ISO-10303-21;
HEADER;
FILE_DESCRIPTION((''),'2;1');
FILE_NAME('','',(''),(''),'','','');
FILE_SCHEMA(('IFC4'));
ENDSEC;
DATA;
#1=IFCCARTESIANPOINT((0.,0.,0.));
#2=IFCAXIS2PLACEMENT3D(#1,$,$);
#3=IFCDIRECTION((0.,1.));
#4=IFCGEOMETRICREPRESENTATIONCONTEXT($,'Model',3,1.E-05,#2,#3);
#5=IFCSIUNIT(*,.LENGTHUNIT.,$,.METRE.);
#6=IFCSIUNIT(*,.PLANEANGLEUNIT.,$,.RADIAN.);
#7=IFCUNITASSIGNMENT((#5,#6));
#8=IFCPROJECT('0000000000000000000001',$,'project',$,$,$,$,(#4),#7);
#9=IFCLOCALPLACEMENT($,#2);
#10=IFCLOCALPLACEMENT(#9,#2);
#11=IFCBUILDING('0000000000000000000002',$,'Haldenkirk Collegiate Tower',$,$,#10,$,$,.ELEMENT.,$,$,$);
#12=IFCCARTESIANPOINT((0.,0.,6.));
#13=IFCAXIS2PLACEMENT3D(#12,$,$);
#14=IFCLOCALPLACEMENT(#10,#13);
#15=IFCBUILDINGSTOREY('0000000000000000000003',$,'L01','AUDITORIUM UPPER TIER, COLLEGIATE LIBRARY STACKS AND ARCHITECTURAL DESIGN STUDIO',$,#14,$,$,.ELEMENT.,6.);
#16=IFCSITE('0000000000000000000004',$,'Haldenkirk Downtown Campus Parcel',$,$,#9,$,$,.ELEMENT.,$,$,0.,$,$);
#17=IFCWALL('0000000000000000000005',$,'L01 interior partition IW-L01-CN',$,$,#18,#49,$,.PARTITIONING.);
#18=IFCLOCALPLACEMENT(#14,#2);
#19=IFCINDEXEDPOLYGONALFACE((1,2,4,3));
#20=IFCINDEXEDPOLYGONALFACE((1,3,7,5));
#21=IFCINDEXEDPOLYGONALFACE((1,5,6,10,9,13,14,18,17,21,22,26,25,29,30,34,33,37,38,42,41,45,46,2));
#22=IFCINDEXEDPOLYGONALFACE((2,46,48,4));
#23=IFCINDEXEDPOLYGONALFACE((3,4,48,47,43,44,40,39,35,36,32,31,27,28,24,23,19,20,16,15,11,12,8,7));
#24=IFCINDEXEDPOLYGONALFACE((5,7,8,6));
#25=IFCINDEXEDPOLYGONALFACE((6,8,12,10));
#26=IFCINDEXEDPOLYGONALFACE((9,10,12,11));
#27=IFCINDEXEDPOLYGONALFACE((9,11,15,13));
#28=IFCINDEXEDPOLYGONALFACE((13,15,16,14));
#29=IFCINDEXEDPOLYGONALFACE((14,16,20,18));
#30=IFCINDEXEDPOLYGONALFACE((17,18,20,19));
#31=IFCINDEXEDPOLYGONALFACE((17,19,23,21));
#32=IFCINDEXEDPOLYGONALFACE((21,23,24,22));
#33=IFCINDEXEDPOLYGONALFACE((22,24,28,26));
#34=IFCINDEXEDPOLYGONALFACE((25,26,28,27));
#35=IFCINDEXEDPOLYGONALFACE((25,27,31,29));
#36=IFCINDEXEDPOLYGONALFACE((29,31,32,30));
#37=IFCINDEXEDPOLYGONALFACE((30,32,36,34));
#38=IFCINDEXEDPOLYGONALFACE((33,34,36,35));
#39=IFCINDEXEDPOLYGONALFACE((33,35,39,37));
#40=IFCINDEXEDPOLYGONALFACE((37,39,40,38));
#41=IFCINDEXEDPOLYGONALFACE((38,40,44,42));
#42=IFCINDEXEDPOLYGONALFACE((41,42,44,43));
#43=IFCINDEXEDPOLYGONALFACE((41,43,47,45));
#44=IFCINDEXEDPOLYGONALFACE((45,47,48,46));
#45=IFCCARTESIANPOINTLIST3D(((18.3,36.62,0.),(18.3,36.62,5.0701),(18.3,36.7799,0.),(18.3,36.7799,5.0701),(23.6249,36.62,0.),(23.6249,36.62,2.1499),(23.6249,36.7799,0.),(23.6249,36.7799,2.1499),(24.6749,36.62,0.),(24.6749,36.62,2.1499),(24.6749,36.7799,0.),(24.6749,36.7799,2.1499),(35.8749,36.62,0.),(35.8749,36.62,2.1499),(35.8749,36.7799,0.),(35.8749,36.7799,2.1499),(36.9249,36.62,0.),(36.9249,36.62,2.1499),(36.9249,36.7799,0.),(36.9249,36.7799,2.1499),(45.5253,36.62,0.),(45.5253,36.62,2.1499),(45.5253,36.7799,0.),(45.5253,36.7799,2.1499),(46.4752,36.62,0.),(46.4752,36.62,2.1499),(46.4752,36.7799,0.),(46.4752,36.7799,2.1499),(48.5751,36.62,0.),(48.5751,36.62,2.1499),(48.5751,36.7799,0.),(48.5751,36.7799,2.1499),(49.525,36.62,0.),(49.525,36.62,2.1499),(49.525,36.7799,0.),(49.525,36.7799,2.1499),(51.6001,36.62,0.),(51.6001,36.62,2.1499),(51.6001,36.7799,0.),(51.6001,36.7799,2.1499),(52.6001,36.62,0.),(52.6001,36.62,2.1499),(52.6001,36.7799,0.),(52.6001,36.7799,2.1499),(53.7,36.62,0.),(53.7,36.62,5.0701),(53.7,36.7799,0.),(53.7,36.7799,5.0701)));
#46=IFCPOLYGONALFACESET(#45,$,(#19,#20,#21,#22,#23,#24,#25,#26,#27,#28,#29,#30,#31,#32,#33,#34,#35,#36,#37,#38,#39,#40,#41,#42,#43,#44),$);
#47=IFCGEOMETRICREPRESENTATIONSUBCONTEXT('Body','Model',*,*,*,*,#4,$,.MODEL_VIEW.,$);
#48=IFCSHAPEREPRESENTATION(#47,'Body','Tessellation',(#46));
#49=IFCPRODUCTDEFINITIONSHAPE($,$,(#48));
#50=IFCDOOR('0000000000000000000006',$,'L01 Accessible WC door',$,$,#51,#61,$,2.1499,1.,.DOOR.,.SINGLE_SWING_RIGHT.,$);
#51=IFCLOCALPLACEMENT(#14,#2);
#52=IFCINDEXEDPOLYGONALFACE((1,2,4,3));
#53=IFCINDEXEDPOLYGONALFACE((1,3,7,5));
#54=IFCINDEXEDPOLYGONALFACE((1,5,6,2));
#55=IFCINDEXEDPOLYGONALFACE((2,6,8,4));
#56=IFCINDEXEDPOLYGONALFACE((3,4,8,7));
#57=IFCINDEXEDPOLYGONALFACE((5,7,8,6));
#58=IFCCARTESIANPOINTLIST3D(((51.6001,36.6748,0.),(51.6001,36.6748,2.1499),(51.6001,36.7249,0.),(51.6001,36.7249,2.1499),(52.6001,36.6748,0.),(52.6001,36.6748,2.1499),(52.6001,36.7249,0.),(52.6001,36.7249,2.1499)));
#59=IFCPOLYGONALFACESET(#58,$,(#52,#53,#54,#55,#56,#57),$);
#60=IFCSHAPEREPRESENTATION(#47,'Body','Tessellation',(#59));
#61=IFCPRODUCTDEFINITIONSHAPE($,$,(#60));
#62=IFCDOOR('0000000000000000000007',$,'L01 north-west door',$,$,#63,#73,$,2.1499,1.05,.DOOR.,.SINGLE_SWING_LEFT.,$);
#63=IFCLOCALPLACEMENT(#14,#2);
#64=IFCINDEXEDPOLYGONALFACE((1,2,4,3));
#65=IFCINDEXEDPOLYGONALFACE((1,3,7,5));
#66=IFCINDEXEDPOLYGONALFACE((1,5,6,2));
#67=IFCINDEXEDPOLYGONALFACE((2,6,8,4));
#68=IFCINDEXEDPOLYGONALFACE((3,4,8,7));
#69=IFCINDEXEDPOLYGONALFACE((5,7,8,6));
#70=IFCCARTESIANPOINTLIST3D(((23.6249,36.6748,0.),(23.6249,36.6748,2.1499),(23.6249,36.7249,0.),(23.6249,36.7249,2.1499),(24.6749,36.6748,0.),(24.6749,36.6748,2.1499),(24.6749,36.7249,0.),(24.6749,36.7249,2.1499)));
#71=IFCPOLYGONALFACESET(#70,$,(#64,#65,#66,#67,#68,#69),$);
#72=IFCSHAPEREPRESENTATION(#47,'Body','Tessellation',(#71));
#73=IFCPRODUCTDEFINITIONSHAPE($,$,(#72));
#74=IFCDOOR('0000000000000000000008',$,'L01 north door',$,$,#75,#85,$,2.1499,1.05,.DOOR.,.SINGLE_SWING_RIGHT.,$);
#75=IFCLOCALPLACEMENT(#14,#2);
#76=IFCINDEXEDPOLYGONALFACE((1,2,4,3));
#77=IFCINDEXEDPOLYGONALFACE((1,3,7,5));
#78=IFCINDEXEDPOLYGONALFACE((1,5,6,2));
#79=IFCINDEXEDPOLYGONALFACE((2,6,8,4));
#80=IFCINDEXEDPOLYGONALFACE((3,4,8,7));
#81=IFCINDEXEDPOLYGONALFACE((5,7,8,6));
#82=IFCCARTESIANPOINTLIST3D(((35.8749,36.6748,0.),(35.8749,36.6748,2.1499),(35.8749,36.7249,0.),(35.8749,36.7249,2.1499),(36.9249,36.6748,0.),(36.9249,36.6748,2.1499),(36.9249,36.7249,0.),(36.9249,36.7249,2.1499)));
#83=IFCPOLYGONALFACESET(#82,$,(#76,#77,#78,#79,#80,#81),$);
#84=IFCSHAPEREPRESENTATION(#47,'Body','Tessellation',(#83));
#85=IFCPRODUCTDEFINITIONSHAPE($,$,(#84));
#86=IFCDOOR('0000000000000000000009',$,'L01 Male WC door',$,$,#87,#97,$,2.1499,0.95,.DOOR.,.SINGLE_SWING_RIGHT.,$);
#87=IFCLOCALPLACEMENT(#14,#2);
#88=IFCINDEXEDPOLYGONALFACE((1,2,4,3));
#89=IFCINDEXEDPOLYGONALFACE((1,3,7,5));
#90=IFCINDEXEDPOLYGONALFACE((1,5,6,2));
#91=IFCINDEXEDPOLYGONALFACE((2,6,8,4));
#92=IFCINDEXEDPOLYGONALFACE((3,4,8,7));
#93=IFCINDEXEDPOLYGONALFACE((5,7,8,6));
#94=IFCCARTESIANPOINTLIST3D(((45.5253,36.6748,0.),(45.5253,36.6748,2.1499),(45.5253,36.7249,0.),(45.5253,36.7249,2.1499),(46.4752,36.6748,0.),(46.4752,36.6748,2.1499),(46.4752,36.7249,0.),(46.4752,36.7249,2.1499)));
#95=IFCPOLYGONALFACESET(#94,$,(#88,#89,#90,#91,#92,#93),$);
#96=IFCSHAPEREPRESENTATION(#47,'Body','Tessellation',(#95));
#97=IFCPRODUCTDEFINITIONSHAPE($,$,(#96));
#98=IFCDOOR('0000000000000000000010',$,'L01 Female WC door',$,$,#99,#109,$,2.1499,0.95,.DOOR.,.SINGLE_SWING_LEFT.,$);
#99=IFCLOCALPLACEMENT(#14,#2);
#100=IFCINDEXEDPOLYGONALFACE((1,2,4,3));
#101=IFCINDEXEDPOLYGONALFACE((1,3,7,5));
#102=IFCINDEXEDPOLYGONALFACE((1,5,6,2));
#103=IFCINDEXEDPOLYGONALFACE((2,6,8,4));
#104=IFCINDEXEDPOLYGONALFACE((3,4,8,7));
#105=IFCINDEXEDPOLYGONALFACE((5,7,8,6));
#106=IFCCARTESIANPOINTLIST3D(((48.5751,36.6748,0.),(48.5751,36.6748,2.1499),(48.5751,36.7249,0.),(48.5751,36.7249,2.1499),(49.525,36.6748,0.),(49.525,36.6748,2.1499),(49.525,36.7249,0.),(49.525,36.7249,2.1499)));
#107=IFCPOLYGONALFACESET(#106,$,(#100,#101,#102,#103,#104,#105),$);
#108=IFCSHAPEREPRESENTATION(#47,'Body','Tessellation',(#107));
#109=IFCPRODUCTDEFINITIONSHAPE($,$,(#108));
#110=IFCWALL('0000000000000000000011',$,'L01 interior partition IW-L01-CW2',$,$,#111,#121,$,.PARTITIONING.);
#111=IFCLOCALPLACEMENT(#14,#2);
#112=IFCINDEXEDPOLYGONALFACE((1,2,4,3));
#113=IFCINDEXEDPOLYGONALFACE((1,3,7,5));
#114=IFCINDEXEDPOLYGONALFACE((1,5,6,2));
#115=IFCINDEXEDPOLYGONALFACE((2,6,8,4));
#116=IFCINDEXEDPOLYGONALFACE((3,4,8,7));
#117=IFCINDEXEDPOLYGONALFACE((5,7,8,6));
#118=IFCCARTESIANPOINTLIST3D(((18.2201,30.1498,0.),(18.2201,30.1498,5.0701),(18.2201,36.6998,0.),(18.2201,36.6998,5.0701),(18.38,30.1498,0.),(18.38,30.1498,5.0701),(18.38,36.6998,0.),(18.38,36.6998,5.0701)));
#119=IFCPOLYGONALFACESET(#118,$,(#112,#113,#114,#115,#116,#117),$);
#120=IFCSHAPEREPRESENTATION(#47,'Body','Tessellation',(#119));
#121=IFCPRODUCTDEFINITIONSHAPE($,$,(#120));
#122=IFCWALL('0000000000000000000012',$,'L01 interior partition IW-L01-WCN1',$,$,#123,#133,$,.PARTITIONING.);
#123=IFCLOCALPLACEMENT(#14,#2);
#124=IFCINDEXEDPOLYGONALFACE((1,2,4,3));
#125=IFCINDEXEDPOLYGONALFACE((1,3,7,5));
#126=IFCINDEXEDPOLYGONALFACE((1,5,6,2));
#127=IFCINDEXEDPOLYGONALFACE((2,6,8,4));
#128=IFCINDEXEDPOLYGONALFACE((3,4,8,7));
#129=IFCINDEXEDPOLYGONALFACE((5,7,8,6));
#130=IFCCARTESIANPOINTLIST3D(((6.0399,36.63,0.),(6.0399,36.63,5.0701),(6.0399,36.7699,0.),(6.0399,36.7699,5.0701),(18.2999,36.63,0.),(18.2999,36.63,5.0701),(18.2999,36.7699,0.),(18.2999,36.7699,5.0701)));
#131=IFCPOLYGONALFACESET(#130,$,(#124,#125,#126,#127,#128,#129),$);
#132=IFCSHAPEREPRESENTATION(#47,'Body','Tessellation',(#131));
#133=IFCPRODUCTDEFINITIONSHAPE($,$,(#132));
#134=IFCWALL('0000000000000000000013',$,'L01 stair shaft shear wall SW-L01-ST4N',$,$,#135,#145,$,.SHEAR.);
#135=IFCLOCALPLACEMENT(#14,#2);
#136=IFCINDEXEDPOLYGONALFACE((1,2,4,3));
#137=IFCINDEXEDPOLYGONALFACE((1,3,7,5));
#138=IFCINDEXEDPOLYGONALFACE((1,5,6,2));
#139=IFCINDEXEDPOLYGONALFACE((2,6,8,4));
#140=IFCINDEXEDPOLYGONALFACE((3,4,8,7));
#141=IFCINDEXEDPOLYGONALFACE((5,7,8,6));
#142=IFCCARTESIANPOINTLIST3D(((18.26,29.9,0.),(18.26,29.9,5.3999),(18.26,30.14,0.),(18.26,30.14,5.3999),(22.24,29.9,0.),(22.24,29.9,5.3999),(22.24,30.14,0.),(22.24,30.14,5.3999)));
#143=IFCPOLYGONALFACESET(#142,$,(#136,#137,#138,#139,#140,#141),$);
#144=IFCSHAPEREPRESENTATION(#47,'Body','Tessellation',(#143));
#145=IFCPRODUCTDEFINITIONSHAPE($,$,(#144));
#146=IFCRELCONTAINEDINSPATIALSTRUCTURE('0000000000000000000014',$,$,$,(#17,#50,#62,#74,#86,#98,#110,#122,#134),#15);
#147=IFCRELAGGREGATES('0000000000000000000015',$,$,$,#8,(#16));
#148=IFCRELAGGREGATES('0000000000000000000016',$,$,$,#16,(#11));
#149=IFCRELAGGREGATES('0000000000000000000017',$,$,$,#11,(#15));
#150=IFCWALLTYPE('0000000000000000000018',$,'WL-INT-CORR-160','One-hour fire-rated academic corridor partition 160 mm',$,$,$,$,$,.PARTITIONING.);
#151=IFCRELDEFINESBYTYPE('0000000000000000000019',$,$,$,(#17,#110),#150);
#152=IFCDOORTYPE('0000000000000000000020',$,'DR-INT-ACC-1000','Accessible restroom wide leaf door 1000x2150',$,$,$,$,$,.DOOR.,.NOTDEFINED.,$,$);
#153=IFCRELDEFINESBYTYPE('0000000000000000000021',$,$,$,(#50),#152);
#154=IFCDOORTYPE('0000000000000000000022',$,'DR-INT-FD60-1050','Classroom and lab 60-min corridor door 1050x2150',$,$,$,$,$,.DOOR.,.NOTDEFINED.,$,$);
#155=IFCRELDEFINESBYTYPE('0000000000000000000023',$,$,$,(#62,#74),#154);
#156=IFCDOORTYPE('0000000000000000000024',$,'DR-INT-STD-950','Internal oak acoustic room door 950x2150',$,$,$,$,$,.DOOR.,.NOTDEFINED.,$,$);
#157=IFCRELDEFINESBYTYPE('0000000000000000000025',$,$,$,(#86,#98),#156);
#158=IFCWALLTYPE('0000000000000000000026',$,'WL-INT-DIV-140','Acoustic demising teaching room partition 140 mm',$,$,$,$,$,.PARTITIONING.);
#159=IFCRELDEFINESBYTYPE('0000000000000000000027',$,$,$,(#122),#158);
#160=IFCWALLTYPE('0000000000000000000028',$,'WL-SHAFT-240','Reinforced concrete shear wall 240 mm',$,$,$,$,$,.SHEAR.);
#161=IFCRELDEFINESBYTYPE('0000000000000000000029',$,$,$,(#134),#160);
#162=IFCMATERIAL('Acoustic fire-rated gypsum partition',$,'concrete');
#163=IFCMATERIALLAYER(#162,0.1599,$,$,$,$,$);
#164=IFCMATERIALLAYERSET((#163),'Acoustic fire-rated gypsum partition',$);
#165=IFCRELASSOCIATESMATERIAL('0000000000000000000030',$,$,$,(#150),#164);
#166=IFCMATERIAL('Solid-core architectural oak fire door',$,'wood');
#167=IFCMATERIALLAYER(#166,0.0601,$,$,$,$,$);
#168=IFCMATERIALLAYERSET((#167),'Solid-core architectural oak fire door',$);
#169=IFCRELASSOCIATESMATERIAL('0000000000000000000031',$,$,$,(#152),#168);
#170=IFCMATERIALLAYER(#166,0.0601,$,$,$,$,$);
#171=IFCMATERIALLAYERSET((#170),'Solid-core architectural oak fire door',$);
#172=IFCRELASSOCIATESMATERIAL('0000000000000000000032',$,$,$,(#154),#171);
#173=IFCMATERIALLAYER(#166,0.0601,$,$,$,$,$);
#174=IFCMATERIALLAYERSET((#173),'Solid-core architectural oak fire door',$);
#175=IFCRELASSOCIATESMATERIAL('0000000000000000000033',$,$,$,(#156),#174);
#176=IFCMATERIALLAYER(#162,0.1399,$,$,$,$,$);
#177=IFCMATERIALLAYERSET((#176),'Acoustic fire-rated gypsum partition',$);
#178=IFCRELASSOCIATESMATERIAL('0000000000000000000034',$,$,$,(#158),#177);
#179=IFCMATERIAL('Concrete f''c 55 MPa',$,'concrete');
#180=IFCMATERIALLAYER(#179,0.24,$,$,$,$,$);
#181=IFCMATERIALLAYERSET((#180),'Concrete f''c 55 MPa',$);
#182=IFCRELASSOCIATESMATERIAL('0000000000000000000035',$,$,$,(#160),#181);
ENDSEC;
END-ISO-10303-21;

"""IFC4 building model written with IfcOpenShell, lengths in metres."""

from ifc_helpers import new_model, si_unit, direction, frame, frame_2d, origin, place, context, subcontext, project, spatial, rectangle, extrude, material, layer, layer_set, type_object, element, fill, save


model = new_model("IFC4")

# Units and contexts
model_context = context("Model", 3, precision=1e-05, world=origin(), true_north=direction((0.0, 1.0)))
body_context = subcontext(model_context, "Body", "Model", "MODEL_VIEW")
ifc_project = project(units=[si_unit("LENGTHUNIT", "METRE"), si_unit("PLANEANGLEUNIT", "RADIAN")], contexts=[model_context])

# Site, building, storey
site_placement = place(None, origin())
site = spatial("IfcSite", under=ifc_project, at=site_placement, Name="Haldenkirk Downtown Campus Parcel", CompositionType="ELEMENT", RefElevation=0.0)
building_placement = place(site_placement, origin())
building = spatial("IfcBuilding", under=site, at=building_placement, Name="Haldenkirk Collegiate Tower", CompositionType="ELEMENT")
storey_placement = place(building_placement, frame((0.0, 0.0, 6.0)))
storey = spatial("IfcBuildingStorey", under=building, at=storey_placement, Name="L01", Description="AUDITORIUM UPPER TIER, COLLEGIATE LIBRARY STACKS AND ARCHITECTURAL DESIGN STUDIO", CompositionType="ELEMENT", Elevation=6.0)

# Wall, openings, doors
ifc_material_1 = material(Name="Acoustic fire-rated gypsum partition", Category="concrete")
ifc_layer_1 = layer(ifc_material_1, 0.1599)
ifc_layer_set_1 = layer_set([ifc_layer_1], Name="Acoustic fire-rated gypsum partition")
wall_type_1 = type_object("IfcWallType", Name="WL-INT-CORR-160", Description="One-hour fire-rated academic corridor partition 160 mm", PredefinedType="PARTITIONING", material=ifc_layer_set_1)
wall_1_placement = place(storey_placement, frame((18.3, 36.7, 0.0), z_axis=(0.0, 0.0, 1.0), x_axis=(1.0, 0.0, 0.0)))
wall_1 = element("IfcWall", 1, at=wall_1_placement, inside=storey, type_object=wall_type_1, Name="L01 interior partition IW-L01-CN", PredefinedType="PARTITIONING", context=body_context, shape_type="SweptSolid", body=[
    extrude(rectangle(XDim=35.3999, YDim=0.1599, at=frame_2d((17.7, 0.0))), origin(), (0.0, 0.0, 1.0), 5.0701),
])
opening_1_placement = place(wall_1_placement, frame((5.325, 0.0, 0.0)))
opening_1 = element("IfcOpeningElement", 2, at=opening_1_placement, cuts=wall_1, PredefinedType="OPENING", context=body_context, shape_type="SweptSolid", body=[
    extrude(rectangle(XDim=1.05, YDim=2.1499, at=frame_2d((0.5249, 1.075))), frame((0.0, 0.0898, 0.0), z_axis=(0.0, -1.0, 0.0), x_axis=(1.0, 0.0, 0.0)), (0.0, 0.0, 1.0), 0.1799),
])
opening_2_placement = place(wall_1_placement, frame((17.575, 0.0, 0.0)))
opening_2 = element("IfcOpeningElement", 3, at=opening_2_placement, cuts=wall_1, PredefinedType="OPENING", context=body_context, shape_type="SweptSolid", body=[
    extrude(rectangle(XDim=1.05, YDim=2.1499, at=frame_2d((0.5249, 1.075))), frame((0.0, 0.0898, 0.0), z_axis=(0.0, -1.0, 0.0), x_axis=(1.0, 0.0, 0.0)), (0.0, 0.0, 1.0), 0.1799),
])
opening_3_placement = place(wall_1_placement, frame((27.2251, 0.0, 0.0)))
opening_3 = element("IfcOpeningElement", 4, at=opening_3_placement, cuts=wall_1, PredefinedType="OPENING", context=body_context, shape_type="SweptSolid", body=[
    extrude(rectangle(XDim=0.95, YDim=2.1499, at=frame_2d((0.4751, 1.075))), frame((0.0, 0.0898, 0.0), z_axis=(0.0, -1.0, 0.0), x_axis=(1.0, 0.0, 0.0)), (0.0, 0.0, 1.0), 0.1799),
])
opening_4_placement = place(wall_1_placement, frame((30.2749, 0.0, 0.0)))
opening_4 = element("IfcOpeningElement", 5, at=opening_4_placement, cuts=wall_1, PredefinedType="OPENING", context=body_context, shape_type="SweptSolid", body=[
    extrude(rectangle(XDim=0.95, YDim=2.1499, at=frame_2d((0.4751, 1.075))), frame((0.0, 0.0898, 0.0), z_axis=(0.0, -1.0, 0.0), x_axis=(1.0, 0.0, 0.0)), (0.0, 0.0, 1.0), 0.1799),
])
opening_5_placement = place(wall_1_placement, frame((33.3, 0.0, 0.0)))
opening_5 = element("IfcOpeningElement", 6, at=opening_5_placement, cuts=wall_1, PredefinedType="OPENING", context=body_context, shape_type="SweptSolid", body=[
    extrude(rectangle(XDim=1.0, YDim=2.1499, at=frame_2d((0.5, 1.075))), frame((0.0, 0.0898, 0.0), z_axis=(0.0, -1.0, 0.0), x_axis=(1.0, 0.0, 0.0)), (0.0, 0.0, 1.0), 0.1799),
])
ifc_material_2 = material(Name="Solid-core architectural oak fire door", Category="wood")
ifc_layer_2 = layer(ifc_material_2, 0.0601)
ifc_layer_set_2 = layer_set([ifc_layer_2], Name="Solid-core architectural oak fire door")
door_type_1 = type_object("IfcDoorType", Name="DR-INT-ACC-1000", Description="Accessible restroom wide leaf door 1000x2150", OperationType="NOTDEFINED", PredefinedType="DOOR", material=ifc_layer_set_2)
door_1_placement = place(opening_5_placement, origin())
door_1 = element("IfcDoor", 7, at=door_1_placement, inside=storey, type_object=door_type_1, Name="L01 Accessible WC door", OperationType="SINGLE_SWING_RIGHT", OverallHeight=2.1499, OverallWidth=1.0, PredefinedType="DOOR", context=body_context, shape_type="SweptSolid", body=[
    extrude(rectangle(XDim=1.0, YDim=2.1499, at=frame_2d((0.5, 1.075))), frame((0.0, 0.0249, 0.0), z_axis=(0.0, -1.0, 0.0), x_axis=(1.0, 0.0, 0.0)), (0.0, 0.0, 1.0), 0.05),
])
fill(opening_5, door_1)
ifc_layer_3 = layer(ifc_material_2, 0.0601)
ifc_layer_set_3 = layer_set([ifc_layer_3], Name="Solid-core architectural oak fire door")
door_type_2 = type_object("IfcDoorType", Name="DR-INT-FD60-1050", Description="Classroom and lab 60-min corridor door 1050x2150", OperationType="NOTDEFINED", PredefinedType="DOOR", material=ifc_layer_set_3)
door_2_placement = place(opening_1_placement, origin())
door_2 = element("IfcDoor", 8, at=door_2_placement, inside=storey, type_object=door_type_2, Name="L01 north-west door", OperationType="SINGLE_SWING_LEFT", OverallHeight=2.1499, OverallWidth=1.05, PredefinedType="DOOR", context=body_context, shape_type="SweptSolid", body=[
    extrude(rectangle(XDim=1.05, YDim=2.1499, at=frame_2d((0.5249, 1.075))), frame((0.0, 0.0249, 0.0), z_axis=(0.0, -1.0, 0.0), x_axis=(1.0, 0.0, 0.0)), (0.0, 0.0, 1.0), 0.05),
])
fill(opening_1, door_2)
door_3_placement = place(opening_2_placement, origin())
door_3 = element("IfcDoor", 9, at=door_3_placement, inside=storey, type_object=door_type_2, Name="L01 north door", OperationType="SINGLE_SWING_RIGHT", OverallHeight=2.1499, OverallWidth=1.05, PredefinedType="DOOR", context=body_context, shape_type="SweptSolid", body=[
    extrude(rectangle(XDim=1.05, YDim=2.1499, at=frame_2d((0.5249, 1.075))), frame((0.0, 0.0249, 0.0), z_axis=(0.0, -1.0, 0.0), x_axis=(1.0, 0.0, 0.0)), (0.0, 0.0, 1.0), 0.05),
])
fill(opening_2, door_3)
ifc_layer_4 = layer(ifc_material_2, 0.0601)
ifc_layer_set_4 = layer_set([ifc_layer_4], Name="Solid-core architectural oak fire door")
door_type_3 = type_object("IfcDoorType", Name="DR-INT-STD-950", Description="Internal oak acoustic room door 950x2150", OperationType="NOTDEFINED", PredefinedType="DOOR", material=ifc_layer_set_4)
door_4_placement = place(opening_3_placement, origin())
door_4 = element("IfcDoor", 10, at=door_4_placement, inside=storey, type_object=door_type_3, Name="L01 Male WC door", OperationType="SINGLE_SWING_RIGHT", OverallHeight=2.1499, OverallWidth=0.95, PredefinedType="DOOR", context=body_context, shape_type="SweptSolid", body=[
    extrude(rectangle(XDim=0.95, YDim=2.1499, at=frame_2d((0.4751, 1.075))), frame((0.0, 0.0249, 0.0), z_axis=(0.0, -1.0, 0.0), x_axis=(1.0, 0.0, 0.0)), (0.0, 0.0, 1.0), 0.05),
])
fill(opening_3, door_4)
door_5_placement = place(opening_4_placement, origin())
door_5 = element("IfcDoor", 11, at=door_5_placement, inside=storey, type_object=door_type_3, Name="L01 Female WC door", OperationType="SINGLE_SWING_LEFT", OverallHeight=2.1499, OverallWidth=0.95, PredefinedType="DOOR", context=body_context, shape_type="SweptSolid", body=[
    extrude(rectangle(XDim=0.95, YDim=2.1499, at=frame_2d((0.4751, 1.075))), frame((0.0, 0.0249, 0.0), z_axis=(0.0, -1.0, 0.0), x_axis=(1.0, 0.0, 0.0)), (0.0, 0.0, 1.0), 0.05),
])
fill(opening_4, door_5)

# Walls
wall_2_placement = place(storey_placement, frame((18.3, 30.1499, 0.0), z_axis=(0.0, 0.0, 1.0), x_axis=(0.0, 1.0, 0.0)))
element("IfcWall", 12, at=wall_2_placement, inside=storey, type_object=wall_type_1, Name="L01 interior partition IW-L01-CW2", PredefinedType="PARTITIONING", context=body_context, shape_type="SweptSolid", body=[
    extrude(rectangle(XDim=6.55, YDim=0.1599, at=frame_2d((3.2749, 0.0))), origin(), (0.0, 0.0, 1.0), 5.0701),
])
ifc_layer_5 = layer(ifc_material_1, 0.1399)
ifc_layer_set_5 = layer_set([ifc_layer_5], Name="Acoustic fire-rated gypsum partition")
wall_type_2 = type_object("IfcWallType", Name="WL-INT-DIV-140", Description="Acoustic demising teaching room partition 140 mm", PredefinedType="PARTITIONING", material=ifc_layer_set_5)
wall_3_placement = place(storey_placement, frame((6.04, 36.7, 0.0), z_axis=(0.0, 0.0, 1.0), x_axis=(1.0, 0.0, 0.0)))
element("IfcWall", 13, at=wall_3_placement, inside=storey, type_object=wall_type_2, Name="L01 interior partition IW-L01-WCN1", PredefinedType="PARTITIONING", context=body_context, shape_type="SweptSolid", body=[
    extrude(rectangle(XDim=12.26, YDim=0.1399, at=frame_2d((6.1299, 0.0))), origin(), (0.0, 0.0, 1.0), 5.0701),
])

# Shared definitions
ifc_material_3 = material(Name="Concrete f'c 55 MPa", Category="concrete")
ifc_layer_6 = layer(ifc_material_3, 0.24)
ifc_layer_set_6 = layer_set([ifc_layer_6], Name="Concrete f'c 55 MPa")
wall_type_3 = type_object("IfcWallType", Name="WL-SHAFT-240", Description="Reinforced concrete shear wall 240 mm", PredefinedType="SHEAR", material=ifc_layer_set_6)

# Wall
wall_4_placement = place(storey_placement, frame((18.26, 30.02, 0.0), z_axis=(0.0, 0.0, 1.0), x_axis=(1.0, 0.0, 0.0)))
element("IfcWall", 14, at=wall_4_placement, inside=storey, type_object=wall_type_3, Name="L01 stair shaft shear wall SW-L01-ST4N", PredefinedType="SHEAR", context=body_context, shape_type="SweptSolid", body=[
    extrude(rectangle(XDim=3.98, YDim=0.24, at=frame_2d((1.99, 0.0))), origin(), (0.0, 0.0, 1.0), 5.3999),
])

save(model, "model.ifc")
